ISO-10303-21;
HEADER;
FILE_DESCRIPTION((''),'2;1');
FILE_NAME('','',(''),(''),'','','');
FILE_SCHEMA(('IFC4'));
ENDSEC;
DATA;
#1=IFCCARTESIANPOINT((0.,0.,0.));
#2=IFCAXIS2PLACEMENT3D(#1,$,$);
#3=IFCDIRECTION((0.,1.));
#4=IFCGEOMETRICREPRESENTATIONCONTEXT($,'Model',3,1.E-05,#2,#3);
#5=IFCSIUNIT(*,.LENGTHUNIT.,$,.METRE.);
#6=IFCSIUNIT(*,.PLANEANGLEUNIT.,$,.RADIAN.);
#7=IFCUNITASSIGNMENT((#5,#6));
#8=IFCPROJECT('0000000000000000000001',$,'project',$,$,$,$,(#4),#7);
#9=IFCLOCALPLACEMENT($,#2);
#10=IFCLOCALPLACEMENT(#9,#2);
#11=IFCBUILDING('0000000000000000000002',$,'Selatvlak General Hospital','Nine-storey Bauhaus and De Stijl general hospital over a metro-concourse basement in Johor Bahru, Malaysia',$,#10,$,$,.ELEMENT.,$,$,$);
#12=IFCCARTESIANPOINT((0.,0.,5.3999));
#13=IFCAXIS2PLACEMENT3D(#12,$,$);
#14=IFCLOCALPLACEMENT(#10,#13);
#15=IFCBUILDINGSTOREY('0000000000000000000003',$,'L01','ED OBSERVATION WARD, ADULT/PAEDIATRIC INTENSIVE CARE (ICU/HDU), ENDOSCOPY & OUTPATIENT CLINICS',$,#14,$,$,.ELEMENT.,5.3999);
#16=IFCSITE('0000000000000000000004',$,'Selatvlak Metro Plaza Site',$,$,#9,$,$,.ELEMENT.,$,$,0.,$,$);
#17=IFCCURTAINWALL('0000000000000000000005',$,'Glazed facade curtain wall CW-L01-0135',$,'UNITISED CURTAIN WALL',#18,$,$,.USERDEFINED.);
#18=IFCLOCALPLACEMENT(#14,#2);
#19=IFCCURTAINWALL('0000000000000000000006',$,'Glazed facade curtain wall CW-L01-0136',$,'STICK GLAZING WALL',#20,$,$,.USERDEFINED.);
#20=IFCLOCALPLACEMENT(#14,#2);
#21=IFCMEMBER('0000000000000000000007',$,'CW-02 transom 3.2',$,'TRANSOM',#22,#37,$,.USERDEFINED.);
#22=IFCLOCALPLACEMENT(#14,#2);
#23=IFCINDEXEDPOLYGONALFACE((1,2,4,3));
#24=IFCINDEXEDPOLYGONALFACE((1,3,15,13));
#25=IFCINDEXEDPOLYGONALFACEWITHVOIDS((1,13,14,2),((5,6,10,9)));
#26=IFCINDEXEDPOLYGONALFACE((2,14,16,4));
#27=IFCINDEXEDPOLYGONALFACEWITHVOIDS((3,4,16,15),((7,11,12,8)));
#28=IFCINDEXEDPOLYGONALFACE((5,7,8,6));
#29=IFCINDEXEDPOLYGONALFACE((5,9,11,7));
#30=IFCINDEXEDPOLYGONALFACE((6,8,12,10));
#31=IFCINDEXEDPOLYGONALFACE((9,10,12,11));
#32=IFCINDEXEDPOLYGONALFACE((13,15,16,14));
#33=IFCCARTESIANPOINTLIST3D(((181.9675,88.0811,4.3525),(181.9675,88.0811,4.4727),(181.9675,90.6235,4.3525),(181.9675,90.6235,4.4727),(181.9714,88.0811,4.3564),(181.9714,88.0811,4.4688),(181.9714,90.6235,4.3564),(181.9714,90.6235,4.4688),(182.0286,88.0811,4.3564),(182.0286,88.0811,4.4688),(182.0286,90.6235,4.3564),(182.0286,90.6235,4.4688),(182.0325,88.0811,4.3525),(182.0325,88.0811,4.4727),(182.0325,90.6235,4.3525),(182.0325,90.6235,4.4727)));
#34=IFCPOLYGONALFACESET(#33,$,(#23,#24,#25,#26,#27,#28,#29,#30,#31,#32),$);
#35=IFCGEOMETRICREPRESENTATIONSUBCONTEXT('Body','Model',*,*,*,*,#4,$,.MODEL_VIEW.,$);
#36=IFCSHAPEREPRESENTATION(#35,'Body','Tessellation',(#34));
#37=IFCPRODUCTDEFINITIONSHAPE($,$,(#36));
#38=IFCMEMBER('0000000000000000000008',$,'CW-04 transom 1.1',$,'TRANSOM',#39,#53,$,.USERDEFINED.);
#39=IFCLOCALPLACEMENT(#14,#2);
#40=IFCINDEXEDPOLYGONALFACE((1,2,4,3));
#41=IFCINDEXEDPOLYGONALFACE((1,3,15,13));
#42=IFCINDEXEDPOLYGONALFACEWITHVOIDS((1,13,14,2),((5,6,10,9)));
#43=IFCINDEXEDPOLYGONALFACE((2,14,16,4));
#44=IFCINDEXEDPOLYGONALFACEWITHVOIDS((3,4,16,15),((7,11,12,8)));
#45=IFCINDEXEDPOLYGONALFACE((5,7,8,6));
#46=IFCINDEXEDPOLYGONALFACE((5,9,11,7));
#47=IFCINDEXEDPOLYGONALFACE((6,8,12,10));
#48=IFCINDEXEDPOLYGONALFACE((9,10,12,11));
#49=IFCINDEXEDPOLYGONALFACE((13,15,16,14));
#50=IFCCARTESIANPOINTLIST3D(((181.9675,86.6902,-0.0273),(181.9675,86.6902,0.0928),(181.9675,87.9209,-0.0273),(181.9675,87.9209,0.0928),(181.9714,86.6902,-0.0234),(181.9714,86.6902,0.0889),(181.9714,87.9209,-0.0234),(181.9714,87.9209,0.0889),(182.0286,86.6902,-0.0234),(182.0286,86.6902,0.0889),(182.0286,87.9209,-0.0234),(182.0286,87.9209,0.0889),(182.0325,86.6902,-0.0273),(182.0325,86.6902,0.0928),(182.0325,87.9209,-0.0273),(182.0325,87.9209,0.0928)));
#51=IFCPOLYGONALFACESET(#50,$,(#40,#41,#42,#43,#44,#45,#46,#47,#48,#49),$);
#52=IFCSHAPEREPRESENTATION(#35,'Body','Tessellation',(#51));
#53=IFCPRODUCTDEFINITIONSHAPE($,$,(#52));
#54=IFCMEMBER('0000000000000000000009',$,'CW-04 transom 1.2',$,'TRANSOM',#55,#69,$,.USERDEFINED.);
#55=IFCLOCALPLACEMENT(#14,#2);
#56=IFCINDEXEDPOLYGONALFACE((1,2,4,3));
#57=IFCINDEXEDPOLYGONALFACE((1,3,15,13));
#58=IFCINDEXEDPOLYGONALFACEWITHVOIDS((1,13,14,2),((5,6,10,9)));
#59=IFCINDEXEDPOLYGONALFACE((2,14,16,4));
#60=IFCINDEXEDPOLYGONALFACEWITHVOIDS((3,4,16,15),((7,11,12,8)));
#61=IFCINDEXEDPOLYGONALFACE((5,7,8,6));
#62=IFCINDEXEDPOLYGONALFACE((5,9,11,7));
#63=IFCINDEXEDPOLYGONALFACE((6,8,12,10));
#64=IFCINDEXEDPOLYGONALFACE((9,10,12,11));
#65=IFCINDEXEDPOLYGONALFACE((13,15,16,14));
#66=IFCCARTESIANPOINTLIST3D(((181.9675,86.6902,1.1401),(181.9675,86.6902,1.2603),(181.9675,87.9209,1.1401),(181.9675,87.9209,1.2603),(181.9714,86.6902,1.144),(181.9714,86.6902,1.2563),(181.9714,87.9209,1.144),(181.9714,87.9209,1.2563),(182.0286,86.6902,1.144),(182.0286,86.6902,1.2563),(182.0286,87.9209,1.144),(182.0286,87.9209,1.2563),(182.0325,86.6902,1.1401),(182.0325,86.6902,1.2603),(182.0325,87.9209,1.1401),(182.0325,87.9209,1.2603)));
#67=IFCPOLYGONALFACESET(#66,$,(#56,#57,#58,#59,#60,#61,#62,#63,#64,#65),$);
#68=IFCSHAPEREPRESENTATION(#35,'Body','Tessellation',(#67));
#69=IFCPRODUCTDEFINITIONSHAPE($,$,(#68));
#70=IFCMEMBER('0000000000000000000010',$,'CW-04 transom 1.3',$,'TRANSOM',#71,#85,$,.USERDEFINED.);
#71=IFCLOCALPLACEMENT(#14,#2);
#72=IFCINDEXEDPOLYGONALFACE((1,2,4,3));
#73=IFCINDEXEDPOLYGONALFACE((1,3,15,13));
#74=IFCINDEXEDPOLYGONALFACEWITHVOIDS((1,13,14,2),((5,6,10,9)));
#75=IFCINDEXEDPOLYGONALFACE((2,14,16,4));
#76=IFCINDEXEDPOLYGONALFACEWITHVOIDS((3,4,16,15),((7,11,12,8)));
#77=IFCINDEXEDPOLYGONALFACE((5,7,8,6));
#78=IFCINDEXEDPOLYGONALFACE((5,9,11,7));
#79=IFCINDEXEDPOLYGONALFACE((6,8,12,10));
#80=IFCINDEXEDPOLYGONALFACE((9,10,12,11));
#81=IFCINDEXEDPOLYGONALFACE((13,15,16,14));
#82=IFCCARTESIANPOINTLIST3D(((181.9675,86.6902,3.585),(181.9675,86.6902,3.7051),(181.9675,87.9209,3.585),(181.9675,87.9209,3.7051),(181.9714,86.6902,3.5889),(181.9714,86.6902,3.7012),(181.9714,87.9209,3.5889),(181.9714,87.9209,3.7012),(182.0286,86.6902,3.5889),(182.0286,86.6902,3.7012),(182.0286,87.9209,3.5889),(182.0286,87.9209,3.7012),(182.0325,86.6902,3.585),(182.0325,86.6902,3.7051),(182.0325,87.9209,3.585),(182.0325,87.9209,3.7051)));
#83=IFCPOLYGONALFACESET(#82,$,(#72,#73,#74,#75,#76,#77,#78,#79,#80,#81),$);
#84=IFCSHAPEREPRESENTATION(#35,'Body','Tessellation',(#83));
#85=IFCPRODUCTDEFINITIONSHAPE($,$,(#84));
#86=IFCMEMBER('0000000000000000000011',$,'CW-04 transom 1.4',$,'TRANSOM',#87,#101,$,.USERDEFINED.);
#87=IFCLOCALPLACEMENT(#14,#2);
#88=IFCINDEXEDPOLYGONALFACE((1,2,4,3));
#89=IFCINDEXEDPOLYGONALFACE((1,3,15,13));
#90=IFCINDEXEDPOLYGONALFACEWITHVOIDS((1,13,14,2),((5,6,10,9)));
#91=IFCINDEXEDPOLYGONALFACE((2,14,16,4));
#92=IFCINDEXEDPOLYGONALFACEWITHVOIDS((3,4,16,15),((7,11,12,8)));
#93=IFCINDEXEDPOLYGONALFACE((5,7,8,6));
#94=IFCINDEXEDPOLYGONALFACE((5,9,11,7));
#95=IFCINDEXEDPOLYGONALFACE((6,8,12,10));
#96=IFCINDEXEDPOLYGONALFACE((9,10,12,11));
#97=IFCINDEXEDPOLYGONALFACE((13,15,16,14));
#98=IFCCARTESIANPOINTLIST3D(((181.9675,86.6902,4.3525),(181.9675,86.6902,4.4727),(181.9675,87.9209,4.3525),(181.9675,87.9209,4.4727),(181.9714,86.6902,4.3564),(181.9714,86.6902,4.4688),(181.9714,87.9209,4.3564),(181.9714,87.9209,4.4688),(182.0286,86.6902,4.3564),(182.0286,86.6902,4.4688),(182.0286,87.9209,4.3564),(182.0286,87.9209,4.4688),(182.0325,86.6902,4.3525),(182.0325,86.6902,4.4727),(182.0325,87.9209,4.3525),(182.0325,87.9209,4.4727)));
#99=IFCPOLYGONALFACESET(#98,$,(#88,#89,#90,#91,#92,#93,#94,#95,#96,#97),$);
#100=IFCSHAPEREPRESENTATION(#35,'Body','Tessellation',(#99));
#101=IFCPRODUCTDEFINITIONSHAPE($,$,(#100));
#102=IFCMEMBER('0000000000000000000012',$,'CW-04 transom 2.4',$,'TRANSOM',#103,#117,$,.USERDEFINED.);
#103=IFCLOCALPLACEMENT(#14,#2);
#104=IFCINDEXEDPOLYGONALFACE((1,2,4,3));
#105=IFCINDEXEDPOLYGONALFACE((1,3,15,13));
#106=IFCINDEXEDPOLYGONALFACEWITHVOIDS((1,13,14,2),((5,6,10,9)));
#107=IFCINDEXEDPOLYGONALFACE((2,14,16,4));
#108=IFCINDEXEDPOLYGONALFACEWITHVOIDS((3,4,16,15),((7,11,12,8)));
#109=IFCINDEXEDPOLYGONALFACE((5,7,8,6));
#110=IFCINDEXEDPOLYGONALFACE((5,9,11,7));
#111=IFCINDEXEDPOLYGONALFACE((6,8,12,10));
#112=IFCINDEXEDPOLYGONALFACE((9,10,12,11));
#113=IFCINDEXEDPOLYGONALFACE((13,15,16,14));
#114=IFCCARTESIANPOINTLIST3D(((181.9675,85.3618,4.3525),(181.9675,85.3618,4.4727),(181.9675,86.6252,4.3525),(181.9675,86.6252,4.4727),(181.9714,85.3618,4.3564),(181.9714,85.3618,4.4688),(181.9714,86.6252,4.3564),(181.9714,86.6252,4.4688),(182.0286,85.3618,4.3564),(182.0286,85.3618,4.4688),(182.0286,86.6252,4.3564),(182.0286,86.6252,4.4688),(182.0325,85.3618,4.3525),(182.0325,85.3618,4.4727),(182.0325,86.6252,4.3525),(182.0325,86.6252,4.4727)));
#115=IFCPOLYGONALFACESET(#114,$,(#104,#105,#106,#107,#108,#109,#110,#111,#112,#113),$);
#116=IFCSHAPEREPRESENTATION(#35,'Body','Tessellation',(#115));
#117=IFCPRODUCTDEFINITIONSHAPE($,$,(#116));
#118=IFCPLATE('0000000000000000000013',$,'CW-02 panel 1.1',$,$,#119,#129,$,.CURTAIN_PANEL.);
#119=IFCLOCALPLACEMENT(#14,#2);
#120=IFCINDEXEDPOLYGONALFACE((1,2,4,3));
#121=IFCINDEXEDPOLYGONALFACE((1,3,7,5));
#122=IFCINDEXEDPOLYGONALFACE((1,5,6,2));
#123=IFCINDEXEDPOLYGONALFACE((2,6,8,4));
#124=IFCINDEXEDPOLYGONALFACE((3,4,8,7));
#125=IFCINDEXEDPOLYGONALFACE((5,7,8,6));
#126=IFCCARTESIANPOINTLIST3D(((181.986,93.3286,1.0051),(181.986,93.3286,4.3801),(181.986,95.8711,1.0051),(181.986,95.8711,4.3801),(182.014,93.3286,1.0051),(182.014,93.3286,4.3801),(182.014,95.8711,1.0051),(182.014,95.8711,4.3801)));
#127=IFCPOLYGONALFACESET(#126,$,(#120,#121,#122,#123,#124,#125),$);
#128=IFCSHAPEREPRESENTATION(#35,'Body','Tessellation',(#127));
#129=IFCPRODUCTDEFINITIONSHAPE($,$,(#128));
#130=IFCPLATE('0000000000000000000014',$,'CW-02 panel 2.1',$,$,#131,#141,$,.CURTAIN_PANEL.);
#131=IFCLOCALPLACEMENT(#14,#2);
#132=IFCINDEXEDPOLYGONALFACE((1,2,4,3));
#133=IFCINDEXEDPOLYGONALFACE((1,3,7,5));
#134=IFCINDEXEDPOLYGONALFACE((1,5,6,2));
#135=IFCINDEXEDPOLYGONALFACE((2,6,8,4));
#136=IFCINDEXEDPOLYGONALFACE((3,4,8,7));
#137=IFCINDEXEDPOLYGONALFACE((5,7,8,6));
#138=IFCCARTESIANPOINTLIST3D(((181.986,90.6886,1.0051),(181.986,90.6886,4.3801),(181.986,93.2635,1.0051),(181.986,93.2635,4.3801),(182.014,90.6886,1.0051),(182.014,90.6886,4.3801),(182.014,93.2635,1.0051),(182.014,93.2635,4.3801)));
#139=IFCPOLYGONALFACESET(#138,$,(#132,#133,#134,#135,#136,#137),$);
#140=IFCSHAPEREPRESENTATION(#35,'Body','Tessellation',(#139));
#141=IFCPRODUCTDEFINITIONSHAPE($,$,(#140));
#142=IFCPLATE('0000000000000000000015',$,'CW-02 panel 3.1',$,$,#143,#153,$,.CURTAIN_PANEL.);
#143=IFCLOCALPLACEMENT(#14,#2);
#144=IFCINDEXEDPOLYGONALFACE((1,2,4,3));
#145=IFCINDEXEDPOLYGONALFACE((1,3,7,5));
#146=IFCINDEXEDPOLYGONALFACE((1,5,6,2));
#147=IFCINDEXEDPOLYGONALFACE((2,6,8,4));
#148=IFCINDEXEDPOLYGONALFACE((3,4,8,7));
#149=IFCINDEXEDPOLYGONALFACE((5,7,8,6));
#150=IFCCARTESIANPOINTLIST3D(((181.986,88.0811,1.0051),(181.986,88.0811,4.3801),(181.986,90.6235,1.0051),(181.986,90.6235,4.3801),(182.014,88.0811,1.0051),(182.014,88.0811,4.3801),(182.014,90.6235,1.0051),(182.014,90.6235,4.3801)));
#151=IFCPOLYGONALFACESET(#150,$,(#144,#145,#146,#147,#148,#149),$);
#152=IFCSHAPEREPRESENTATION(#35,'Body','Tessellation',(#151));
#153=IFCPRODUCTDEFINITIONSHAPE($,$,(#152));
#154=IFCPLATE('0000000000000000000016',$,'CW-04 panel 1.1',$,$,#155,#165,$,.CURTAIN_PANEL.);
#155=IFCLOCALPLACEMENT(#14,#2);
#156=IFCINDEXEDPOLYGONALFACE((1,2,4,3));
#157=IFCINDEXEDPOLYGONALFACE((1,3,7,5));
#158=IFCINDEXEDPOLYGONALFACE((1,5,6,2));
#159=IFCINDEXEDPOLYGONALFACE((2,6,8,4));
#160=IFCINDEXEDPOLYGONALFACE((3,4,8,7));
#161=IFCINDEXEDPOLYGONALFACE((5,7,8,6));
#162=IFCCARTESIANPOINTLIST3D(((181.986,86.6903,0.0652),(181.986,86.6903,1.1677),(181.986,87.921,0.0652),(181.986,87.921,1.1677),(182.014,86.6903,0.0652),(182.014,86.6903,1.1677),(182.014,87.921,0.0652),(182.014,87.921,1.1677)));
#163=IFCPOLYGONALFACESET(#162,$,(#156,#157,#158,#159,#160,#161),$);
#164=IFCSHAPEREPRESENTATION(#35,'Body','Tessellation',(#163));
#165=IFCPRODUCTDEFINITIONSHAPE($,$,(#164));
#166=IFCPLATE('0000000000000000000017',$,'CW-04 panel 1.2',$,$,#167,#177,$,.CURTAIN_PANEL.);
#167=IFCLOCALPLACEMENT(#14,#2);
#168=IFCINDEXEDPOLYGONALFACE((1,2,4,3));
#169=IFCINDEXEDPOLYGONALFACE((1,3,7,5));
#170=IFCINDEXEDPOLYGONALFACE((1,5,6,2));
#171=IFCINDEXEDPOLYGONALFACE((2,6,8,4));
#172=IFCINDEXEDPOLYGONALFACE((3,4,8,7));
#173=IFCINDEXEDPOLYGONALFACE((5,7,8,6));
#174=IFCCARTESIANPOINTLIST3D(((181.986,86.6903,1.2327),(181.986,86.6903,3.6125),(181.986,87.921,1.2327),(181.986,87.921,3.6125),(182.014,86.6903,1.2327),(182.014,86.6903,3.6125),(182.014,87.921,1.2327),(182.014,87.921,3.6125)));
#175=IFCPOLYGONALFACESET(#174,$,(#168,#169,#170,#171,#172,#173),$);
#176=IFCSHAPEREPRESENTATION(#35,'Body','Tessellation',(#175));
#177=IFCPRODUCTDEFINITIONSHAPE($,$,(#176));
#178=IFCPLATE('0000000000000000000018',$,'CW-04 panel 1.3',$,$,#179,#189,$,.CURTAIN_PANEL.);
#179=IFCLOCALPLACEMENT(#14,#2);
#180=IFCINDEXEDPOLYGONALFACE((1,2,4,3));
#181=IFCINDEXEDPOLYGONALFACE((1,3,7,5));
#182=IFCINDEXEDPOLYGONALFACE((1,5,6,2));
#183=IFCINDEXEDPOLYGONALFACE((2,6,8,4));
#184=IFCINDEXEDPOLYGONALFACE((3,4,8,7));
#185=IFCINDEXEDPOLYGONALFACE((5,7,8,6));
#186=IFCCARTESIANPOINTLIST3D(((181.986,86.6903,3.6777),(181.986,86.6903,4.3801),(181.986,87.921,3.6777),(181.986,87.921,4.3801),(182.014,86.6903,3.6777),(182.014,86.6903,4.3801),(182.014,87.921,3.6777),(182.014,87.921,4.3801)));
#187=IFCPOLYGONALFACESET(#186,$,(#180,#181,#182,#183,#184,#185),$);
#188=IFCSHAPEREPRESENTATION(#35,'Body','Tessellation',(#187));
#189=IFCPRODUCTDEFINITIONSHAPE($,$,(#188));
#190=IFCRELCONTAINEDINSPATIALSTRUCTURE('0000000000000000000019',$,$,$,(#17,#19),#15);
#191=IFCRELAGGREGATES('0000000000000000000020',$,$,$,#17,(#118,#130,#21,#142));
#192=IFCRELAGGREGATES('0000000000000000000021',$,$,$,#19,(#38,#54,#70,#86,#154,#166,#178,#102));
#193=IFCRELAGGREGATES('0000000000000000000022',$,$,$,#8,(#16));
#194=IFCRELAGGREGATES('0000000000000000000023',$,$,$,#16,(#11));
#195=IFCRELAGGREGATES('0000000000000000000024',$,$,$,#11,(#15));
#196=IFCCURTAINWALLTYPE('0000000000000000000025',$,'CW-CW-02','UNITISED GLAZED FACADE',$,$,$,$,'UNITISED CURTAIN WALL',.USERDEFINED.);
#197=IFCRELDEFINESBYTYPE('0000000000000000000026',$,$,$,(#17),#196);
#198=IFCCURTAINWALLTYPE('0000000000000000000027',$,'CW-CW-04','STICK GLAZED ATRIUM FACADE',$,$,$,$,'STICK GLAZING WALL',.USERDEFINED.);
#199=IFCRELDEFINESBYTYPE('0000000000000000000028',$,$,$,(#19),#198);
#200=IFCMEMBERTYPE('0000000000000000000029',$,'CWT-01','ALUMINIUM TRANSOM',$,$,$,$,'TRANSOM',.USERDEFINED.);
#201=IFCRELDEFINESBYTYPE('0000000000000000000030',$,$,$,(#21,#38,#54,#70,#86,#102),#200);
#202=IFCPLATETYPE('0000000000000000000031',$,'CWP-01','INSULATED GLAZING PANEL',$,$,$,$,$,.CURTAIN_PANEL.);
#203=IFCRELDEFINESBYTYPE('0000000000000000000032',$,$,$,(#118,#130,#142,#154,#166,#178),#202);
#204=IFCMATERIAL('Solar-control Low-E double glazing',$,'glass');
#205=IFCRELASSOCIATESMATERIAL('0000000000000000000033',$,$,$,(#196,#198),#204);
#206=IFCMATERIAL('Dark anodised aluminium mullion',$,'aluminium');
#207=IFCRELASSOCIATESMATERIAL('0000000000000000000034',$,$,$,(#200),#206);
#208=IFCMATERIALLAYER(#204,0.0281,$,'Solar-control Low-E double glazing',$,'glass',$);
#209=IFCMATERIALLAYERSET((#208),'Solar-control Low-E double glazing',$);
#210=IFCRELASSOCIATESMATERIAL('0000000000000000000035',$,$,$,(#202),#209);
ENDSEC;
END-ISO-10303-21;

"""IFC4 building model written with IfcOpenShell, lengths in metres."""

from ifc_helpers import new_model, si_unit, direction, frame, origin, origin_2d, place, context, subcontext, project, spatial, rectangle, hollow_rectangle, extrude, material, layer, layer_set, material_profile, profile_set, type_object, element, aggregate, save


model = new_model("IFC4")

# Units and contexts
model_context = context("Model", 3, precision=1e-05, world=origin(), true_north=direction((0.0, 1.0)))
body_context = subcontext(model_context, "Body", "Model", "MODEL_VIEW")
ifc_project = project(units=[si_unit("LENGTHUNIT", "METRE"), si_unit("PLANEANGLEUNIT", "RADIAN")], contexts=[model_context])

# Site, building, storey
site_placement = place(None, origin())
site = spatial("IfcSite", under=ifc_project, at=site_placement, Name="Selatvlak Metro Plaza Site", CompositionType="ELEMENT", RefElevation=0.0)
building_placement = place(site_placement, origin())
building = spatial("IfcBuilding", under=site, at=building_placement, Name="Selatvlak General Hospital", Description="Nine-storey Bauhaus and De Stijl general hospital over a metro-concourse basement in Johor Bahru, Malaysia", CompositionType="ELEMENT")
storey_placement = place(building_placement, frame((0.0, 0.0, 5.3999)))
storey = spatial("IfcBuildingStorey", under=building, at=storey_placement, Name="L01", Description="ED OBSERVATION WARD, ADULT/PAEDIATRIC INTENSIVE CARE (ICU/HDU), ENDOSCOPY & OUTPATIENT CLINICS", CompositionType="ELEMENT", Elevation=5.3999)

# Curtain walls
ifc_material_1 = material(Name="Solar-control Low-E double glazing", Category="glass")
curtain_wall_type_1 = type_object("IfcCurtainWallType", Name="CW-CW-02", Description="UNITISED GLAZED FACADE", ElementType="UNITISED CURTAIN WALL", PredefinedType="USERDEFINED", material=ifc_material_1)
curtain_wall_1_placement = place(storey_placement, origin())
curtain_wall_1 = element("IfcCurtainWall", 1, at=curtain_wall_1_placement, inside=storey, type_object=curtain_wall_type_1, Name="Glazed facade curtain wall CW-L01-0135", ObjectType="UNITISED CURTAIN WALL", PredefinedType="USERDEFINED")
ifc_material_2 = material(Name="Dark anodised aluminium mullion", Category="aluminium")
curtain_wall_type_2 = type_object("IfcCurtainWallType", Name="CW-CW-04", Description="STICK GLAZED ATRIUM FACADE", ElementType="STICK GLAZING WALL", PredefinedType="USERDEFINED", material=ifc_material_1)
curtain_wall_2_placement = place(storey_placement, origin())
curtain_wall_2 = element("IfcCurtainWall", 2, at=curtain_wall_2_placement, inside=storey, type_object=curtain_wall_type_2, Name="Glazed facade curtain wall CW-L01-0136", ObjectType="STICK GLAZING WALL", PredefinedType="USERDEFINED")

# Members
ifc_material_profile_1 = material_profile(ifc_material_2, hollow_rectangle(XDim=0.0649, YDim=0.1201, WallThickness=0.0039, at=origin_2d()), Name="AL-TRN 65x120x4")
ifc_profile_set_1 = profile_set([ifc_material_profile_1], Name="Dark anodised aluminium mullion")
member_type_1 = type_object("IfcMemberType", Name="CWT-01", Description="ALUMINIUM TRANSOM", ElementType="TRANSOM", PredefinedType="USERDEFINED", material=ifc_profile_set_1)
member_1_placement = place(storey_placement, frame((182.0, 90.6235, 4.4126), z_axis=(0.0, -1.0, 0.0), x_axis=(1.0, 0.0, 0.0)))
member_1 = element("IfcMember", 3, at=member_1_placement, type_object=member_type_1, Name="CW-02 transom 3.2", ObjectType="TRANSOM", PredefinedType="USERDEFINED", context=body_context, shape_type="SweptSolid", body=[
    extrude(hollow_rectangle(XDim=0.0649, YDim=0.1201, WallThickness=0.0039, at=origin_2d()), origin(), (0.0, 0.0, 1.0), 2.5425),
])
member_2_placement = place(storey_placement, frame((182.0, 87.9209, 0.0327), z_axis=(0.0, -1.0, 0.0), x_axis=(1.0, 0.0, 0.0)))
member_2 = element("IfcMember", 4, at=member_2_placement, type_object=member_type_1, Name="CW-04 transom 1.1", ObjectType="TRANSOM", PredefinedType="USERDEFINED", context=body_context, shape_type="SweptSolid", body=[
    extrude(hollow_rectangle(XDim=0.0649, YDim=0.1201, WallThickness=0.0039, at=origin_2d()), origin(), (0.0, 0.0, 1.0), 1.2307),
])
member_3_placement = place(storey_placement, frame((182.0, 87.9209, 1.2002), z_axis=(0.0, -1.0, 0.0), x_axis=(1.0, 0.0, 0.0)))
member_3 = element("IfcMember", 5, at=member_3_placement, type_object=member_type_1, Name="CW-04 transom 1.2", ObjectType="TRANSOM", PredefinedType="USERDEFINED", context=body_context, shape_type="SweptSolid", body=[
    extrude(hollow_rectangle(XDim=0.0649, YDim=0.1201, WallThickness=0.0039, at=origin_2d()), origin(), (0.0, 0.0, 1.0), 1.2307),
])
member_4_placement = place(storey_placement, frame((182.0, 87.9209, 3.645), z_axis=(0.0, -1.0, 0.0), x_axis=(1.0, 0.0, 0.0)))
member_4 = element("IfcMember", 6, at=member_4_placement, type_object=member_type_1, Name="CW-04 transom 1.3", ObjectType="TRANSOM", PredefinedType="USERDEFINED", context=body_context, shape_type="SweptSolid", body=[
    extrude(hollow_rectangle(XDim=0.0649, YDim=0.1201, WallThickness=0.0039, at=origin_2d()), origin(), (0.0, 0.0, 1.0), 1.2307),
])
member_5_placement = place(storey_placement, frame((182.0, 87.9209, 4.4126), z_axis=(0.0, -1.0, 0.0), x_axis=(1.0, 0.0, 0.0)))
member_5 = element("IfcMember", 7, at=member_5_placement, type_object=member_type_1, Name="CW-04 transom 1.4", ObjectType="TRANSOM", PredefinedType="USERDEFINED", context=body_context, shape_type="SweptSolid", body=[
    extrude(hollow_rectangle(XDim=0.0649, YDim=0.1201, WallThickness=0.0039, at=origin_2d()), origin(), (0.0, 0.0, 1.0), 1.2307),
])
member_6_placement = place(storey_placement, frame((182.0, 86.6252, 4.4126), z_axis=(0.0, -1.0, 0.0), x_axis=(1.0, 0.0, 0.0)))
member_6 = element("IfcMember", 8, at=member_6_placement, type_object=member_type_1, Name="CW-04 transom 2.4", ObjectType="TRANSOM", PredefinedType="USERDEFINED", context=body_context, shape_type="SweptSolid", body=[
    extrude(hollow_rectangle(XDim=0.0649, YDim=0.1201, WallThickness=0.0039, at=origin_2d()), origin(), (0.0, 0.0, 1.0), 1.2634),
])

# Plates
ifc_layer_1 = layer(ifc_material_1, 0.0281, Name="Solar-control Low-E double glazing", Category="glass")
ifc_layer_set_1 = layer_set([ifc_layer_1], Name="Solar-control Low-E double glazing")
plate_type = type_object("IfcPlateType", Name="CWP-01", Description="INSULATED GLAZING PANEL", PredefinedType="CURTAIN_PANEL", material=ifc_layer_set_1)
plate_1_placement = place(storey_placement, frame((182.0, 94.5999, 1.0051), z_axis=(0.0, 0.0, 1.0), x_axis=(0.0, -1.0, 0.0)))
plate_1 = element("IfcPlate", 9, at=plate_1_placement, type_object=plate_type, Name="CW-02 panel 1.1", PredefinedType="CURTAIN_PANEL", context=body_context, shape_type="SweptSolid", body=[
    extrude(rectangle(XDim=2.5425, YDim=0.0281, at=origin_2d()), origin(), (0.0, 0.0, 1.0), 3.375),
])
plate_2_placement = place(storey_placement, frame((182.0, 91.9761, 1.0051), z_axis=(0.0, 0.0, 1.0), x_axis=(0.0, -1.0, 0.0)))
plate_2 = element("IfcPlate", 10, at=plate_2_placement, type_object=plate_type, Name="CW-02 panel 2.1", PredefinedType="CURTAIN_PANEL", context=body_context, shape_type="SweptSolid", body=[
    extrude(rectangle(XDim=2.575, YDim=0.0281, at=origin_2d()), origin(), (0.0, 0.0, 1.0), 3.375),
])
plate_3_placement = place(storey_placement, frame((182.0, 89.3523, 1.0051), z_axis=(0.0, 0.0, 1.0), x_axis=(0.0, -1.0, 0.0)))
plate_3 = element("IfcPlate", 11, at=plate_3_placement, type_object=plate_type, Name="CW-02 panel 3.1", PredefinedType="CURTAIN_PANEL", context=body_context, shape_type="SweptSolid", body=[
    extrude(rectangle(XDim=2.5425, YDim=0.0281, at=origin_2d()), origin(), (0.0, 0.0, 1.0), 3.375),
])
aggregate(curtain_wall_1, [plate_1, plate_2, member_1, plate_3])
plate_4_placement = place(storey_placement, frame((182.0, 87.3057, 0.0652), z_axis=(0.0, 0.0, 1.0), x_axis=(0.0, -1.0, 0.0)))
plate_4 = element("IfcPlate", 12, at=plate_4_placement, type_object=plate_type, Name="CW-04 panel 1.1", PredefinedType="CURTAIN_PANEL", context=body_context, shape_type="SweptSolid", body=[
    extrude(rectangle(XDim=1.2307, YDim=0.0281, at=origin_2d()), origin(), (0.0, 0.0, 1.0), 1.1025),
])
plate_5_placement = place(storey_placement, frame((182.0, 87.3057, 1.2327), z_axis=(0.0, 0.0, 1.0), x_axis=(0.0, -1.0, 0.0)))
plate_5 = element("IfcPlate", 13, at=plate_5_placement, type_object=plate_type, Name="CW-04 panel 1.2", PredefinedType="CURTAIN_PANEL", context=body_context, shape_type="SweptSolid", body=[
    extrude(rectangle(XDim=1.2307, YDim=0.0281, at=origin_2d()), origin(), (0.0, 0.0, 1.0), 2.3799),
])
plate_6_placement = place(storey_placement, frame((182.0, 87.3057, 3.6777), z_axis=(0.0, 0.0, 1.0), x_axis=(0.0, -1.0, 0.0)))
plate_6 = element("IfcPlate", 14, at=plate_6_placement, type_object=plate_type, Name="CW-04 panel 1.3", PredefinedType="CURTAIN_PANEL", context=body_context, shape_type="SweptSolid", body=[
    extrude(rectangle(XDim=1.2307, YDim=0.0281, at=origin_2d()), origin(), (0.0, 0.0, 1.0), 0.7024),
])
aggregate(curtain_wall_2, [member_2, member_3, member_4, member_5, plate_4, plate_5, plate_6, member_6])

save(model, "model.ifc")
